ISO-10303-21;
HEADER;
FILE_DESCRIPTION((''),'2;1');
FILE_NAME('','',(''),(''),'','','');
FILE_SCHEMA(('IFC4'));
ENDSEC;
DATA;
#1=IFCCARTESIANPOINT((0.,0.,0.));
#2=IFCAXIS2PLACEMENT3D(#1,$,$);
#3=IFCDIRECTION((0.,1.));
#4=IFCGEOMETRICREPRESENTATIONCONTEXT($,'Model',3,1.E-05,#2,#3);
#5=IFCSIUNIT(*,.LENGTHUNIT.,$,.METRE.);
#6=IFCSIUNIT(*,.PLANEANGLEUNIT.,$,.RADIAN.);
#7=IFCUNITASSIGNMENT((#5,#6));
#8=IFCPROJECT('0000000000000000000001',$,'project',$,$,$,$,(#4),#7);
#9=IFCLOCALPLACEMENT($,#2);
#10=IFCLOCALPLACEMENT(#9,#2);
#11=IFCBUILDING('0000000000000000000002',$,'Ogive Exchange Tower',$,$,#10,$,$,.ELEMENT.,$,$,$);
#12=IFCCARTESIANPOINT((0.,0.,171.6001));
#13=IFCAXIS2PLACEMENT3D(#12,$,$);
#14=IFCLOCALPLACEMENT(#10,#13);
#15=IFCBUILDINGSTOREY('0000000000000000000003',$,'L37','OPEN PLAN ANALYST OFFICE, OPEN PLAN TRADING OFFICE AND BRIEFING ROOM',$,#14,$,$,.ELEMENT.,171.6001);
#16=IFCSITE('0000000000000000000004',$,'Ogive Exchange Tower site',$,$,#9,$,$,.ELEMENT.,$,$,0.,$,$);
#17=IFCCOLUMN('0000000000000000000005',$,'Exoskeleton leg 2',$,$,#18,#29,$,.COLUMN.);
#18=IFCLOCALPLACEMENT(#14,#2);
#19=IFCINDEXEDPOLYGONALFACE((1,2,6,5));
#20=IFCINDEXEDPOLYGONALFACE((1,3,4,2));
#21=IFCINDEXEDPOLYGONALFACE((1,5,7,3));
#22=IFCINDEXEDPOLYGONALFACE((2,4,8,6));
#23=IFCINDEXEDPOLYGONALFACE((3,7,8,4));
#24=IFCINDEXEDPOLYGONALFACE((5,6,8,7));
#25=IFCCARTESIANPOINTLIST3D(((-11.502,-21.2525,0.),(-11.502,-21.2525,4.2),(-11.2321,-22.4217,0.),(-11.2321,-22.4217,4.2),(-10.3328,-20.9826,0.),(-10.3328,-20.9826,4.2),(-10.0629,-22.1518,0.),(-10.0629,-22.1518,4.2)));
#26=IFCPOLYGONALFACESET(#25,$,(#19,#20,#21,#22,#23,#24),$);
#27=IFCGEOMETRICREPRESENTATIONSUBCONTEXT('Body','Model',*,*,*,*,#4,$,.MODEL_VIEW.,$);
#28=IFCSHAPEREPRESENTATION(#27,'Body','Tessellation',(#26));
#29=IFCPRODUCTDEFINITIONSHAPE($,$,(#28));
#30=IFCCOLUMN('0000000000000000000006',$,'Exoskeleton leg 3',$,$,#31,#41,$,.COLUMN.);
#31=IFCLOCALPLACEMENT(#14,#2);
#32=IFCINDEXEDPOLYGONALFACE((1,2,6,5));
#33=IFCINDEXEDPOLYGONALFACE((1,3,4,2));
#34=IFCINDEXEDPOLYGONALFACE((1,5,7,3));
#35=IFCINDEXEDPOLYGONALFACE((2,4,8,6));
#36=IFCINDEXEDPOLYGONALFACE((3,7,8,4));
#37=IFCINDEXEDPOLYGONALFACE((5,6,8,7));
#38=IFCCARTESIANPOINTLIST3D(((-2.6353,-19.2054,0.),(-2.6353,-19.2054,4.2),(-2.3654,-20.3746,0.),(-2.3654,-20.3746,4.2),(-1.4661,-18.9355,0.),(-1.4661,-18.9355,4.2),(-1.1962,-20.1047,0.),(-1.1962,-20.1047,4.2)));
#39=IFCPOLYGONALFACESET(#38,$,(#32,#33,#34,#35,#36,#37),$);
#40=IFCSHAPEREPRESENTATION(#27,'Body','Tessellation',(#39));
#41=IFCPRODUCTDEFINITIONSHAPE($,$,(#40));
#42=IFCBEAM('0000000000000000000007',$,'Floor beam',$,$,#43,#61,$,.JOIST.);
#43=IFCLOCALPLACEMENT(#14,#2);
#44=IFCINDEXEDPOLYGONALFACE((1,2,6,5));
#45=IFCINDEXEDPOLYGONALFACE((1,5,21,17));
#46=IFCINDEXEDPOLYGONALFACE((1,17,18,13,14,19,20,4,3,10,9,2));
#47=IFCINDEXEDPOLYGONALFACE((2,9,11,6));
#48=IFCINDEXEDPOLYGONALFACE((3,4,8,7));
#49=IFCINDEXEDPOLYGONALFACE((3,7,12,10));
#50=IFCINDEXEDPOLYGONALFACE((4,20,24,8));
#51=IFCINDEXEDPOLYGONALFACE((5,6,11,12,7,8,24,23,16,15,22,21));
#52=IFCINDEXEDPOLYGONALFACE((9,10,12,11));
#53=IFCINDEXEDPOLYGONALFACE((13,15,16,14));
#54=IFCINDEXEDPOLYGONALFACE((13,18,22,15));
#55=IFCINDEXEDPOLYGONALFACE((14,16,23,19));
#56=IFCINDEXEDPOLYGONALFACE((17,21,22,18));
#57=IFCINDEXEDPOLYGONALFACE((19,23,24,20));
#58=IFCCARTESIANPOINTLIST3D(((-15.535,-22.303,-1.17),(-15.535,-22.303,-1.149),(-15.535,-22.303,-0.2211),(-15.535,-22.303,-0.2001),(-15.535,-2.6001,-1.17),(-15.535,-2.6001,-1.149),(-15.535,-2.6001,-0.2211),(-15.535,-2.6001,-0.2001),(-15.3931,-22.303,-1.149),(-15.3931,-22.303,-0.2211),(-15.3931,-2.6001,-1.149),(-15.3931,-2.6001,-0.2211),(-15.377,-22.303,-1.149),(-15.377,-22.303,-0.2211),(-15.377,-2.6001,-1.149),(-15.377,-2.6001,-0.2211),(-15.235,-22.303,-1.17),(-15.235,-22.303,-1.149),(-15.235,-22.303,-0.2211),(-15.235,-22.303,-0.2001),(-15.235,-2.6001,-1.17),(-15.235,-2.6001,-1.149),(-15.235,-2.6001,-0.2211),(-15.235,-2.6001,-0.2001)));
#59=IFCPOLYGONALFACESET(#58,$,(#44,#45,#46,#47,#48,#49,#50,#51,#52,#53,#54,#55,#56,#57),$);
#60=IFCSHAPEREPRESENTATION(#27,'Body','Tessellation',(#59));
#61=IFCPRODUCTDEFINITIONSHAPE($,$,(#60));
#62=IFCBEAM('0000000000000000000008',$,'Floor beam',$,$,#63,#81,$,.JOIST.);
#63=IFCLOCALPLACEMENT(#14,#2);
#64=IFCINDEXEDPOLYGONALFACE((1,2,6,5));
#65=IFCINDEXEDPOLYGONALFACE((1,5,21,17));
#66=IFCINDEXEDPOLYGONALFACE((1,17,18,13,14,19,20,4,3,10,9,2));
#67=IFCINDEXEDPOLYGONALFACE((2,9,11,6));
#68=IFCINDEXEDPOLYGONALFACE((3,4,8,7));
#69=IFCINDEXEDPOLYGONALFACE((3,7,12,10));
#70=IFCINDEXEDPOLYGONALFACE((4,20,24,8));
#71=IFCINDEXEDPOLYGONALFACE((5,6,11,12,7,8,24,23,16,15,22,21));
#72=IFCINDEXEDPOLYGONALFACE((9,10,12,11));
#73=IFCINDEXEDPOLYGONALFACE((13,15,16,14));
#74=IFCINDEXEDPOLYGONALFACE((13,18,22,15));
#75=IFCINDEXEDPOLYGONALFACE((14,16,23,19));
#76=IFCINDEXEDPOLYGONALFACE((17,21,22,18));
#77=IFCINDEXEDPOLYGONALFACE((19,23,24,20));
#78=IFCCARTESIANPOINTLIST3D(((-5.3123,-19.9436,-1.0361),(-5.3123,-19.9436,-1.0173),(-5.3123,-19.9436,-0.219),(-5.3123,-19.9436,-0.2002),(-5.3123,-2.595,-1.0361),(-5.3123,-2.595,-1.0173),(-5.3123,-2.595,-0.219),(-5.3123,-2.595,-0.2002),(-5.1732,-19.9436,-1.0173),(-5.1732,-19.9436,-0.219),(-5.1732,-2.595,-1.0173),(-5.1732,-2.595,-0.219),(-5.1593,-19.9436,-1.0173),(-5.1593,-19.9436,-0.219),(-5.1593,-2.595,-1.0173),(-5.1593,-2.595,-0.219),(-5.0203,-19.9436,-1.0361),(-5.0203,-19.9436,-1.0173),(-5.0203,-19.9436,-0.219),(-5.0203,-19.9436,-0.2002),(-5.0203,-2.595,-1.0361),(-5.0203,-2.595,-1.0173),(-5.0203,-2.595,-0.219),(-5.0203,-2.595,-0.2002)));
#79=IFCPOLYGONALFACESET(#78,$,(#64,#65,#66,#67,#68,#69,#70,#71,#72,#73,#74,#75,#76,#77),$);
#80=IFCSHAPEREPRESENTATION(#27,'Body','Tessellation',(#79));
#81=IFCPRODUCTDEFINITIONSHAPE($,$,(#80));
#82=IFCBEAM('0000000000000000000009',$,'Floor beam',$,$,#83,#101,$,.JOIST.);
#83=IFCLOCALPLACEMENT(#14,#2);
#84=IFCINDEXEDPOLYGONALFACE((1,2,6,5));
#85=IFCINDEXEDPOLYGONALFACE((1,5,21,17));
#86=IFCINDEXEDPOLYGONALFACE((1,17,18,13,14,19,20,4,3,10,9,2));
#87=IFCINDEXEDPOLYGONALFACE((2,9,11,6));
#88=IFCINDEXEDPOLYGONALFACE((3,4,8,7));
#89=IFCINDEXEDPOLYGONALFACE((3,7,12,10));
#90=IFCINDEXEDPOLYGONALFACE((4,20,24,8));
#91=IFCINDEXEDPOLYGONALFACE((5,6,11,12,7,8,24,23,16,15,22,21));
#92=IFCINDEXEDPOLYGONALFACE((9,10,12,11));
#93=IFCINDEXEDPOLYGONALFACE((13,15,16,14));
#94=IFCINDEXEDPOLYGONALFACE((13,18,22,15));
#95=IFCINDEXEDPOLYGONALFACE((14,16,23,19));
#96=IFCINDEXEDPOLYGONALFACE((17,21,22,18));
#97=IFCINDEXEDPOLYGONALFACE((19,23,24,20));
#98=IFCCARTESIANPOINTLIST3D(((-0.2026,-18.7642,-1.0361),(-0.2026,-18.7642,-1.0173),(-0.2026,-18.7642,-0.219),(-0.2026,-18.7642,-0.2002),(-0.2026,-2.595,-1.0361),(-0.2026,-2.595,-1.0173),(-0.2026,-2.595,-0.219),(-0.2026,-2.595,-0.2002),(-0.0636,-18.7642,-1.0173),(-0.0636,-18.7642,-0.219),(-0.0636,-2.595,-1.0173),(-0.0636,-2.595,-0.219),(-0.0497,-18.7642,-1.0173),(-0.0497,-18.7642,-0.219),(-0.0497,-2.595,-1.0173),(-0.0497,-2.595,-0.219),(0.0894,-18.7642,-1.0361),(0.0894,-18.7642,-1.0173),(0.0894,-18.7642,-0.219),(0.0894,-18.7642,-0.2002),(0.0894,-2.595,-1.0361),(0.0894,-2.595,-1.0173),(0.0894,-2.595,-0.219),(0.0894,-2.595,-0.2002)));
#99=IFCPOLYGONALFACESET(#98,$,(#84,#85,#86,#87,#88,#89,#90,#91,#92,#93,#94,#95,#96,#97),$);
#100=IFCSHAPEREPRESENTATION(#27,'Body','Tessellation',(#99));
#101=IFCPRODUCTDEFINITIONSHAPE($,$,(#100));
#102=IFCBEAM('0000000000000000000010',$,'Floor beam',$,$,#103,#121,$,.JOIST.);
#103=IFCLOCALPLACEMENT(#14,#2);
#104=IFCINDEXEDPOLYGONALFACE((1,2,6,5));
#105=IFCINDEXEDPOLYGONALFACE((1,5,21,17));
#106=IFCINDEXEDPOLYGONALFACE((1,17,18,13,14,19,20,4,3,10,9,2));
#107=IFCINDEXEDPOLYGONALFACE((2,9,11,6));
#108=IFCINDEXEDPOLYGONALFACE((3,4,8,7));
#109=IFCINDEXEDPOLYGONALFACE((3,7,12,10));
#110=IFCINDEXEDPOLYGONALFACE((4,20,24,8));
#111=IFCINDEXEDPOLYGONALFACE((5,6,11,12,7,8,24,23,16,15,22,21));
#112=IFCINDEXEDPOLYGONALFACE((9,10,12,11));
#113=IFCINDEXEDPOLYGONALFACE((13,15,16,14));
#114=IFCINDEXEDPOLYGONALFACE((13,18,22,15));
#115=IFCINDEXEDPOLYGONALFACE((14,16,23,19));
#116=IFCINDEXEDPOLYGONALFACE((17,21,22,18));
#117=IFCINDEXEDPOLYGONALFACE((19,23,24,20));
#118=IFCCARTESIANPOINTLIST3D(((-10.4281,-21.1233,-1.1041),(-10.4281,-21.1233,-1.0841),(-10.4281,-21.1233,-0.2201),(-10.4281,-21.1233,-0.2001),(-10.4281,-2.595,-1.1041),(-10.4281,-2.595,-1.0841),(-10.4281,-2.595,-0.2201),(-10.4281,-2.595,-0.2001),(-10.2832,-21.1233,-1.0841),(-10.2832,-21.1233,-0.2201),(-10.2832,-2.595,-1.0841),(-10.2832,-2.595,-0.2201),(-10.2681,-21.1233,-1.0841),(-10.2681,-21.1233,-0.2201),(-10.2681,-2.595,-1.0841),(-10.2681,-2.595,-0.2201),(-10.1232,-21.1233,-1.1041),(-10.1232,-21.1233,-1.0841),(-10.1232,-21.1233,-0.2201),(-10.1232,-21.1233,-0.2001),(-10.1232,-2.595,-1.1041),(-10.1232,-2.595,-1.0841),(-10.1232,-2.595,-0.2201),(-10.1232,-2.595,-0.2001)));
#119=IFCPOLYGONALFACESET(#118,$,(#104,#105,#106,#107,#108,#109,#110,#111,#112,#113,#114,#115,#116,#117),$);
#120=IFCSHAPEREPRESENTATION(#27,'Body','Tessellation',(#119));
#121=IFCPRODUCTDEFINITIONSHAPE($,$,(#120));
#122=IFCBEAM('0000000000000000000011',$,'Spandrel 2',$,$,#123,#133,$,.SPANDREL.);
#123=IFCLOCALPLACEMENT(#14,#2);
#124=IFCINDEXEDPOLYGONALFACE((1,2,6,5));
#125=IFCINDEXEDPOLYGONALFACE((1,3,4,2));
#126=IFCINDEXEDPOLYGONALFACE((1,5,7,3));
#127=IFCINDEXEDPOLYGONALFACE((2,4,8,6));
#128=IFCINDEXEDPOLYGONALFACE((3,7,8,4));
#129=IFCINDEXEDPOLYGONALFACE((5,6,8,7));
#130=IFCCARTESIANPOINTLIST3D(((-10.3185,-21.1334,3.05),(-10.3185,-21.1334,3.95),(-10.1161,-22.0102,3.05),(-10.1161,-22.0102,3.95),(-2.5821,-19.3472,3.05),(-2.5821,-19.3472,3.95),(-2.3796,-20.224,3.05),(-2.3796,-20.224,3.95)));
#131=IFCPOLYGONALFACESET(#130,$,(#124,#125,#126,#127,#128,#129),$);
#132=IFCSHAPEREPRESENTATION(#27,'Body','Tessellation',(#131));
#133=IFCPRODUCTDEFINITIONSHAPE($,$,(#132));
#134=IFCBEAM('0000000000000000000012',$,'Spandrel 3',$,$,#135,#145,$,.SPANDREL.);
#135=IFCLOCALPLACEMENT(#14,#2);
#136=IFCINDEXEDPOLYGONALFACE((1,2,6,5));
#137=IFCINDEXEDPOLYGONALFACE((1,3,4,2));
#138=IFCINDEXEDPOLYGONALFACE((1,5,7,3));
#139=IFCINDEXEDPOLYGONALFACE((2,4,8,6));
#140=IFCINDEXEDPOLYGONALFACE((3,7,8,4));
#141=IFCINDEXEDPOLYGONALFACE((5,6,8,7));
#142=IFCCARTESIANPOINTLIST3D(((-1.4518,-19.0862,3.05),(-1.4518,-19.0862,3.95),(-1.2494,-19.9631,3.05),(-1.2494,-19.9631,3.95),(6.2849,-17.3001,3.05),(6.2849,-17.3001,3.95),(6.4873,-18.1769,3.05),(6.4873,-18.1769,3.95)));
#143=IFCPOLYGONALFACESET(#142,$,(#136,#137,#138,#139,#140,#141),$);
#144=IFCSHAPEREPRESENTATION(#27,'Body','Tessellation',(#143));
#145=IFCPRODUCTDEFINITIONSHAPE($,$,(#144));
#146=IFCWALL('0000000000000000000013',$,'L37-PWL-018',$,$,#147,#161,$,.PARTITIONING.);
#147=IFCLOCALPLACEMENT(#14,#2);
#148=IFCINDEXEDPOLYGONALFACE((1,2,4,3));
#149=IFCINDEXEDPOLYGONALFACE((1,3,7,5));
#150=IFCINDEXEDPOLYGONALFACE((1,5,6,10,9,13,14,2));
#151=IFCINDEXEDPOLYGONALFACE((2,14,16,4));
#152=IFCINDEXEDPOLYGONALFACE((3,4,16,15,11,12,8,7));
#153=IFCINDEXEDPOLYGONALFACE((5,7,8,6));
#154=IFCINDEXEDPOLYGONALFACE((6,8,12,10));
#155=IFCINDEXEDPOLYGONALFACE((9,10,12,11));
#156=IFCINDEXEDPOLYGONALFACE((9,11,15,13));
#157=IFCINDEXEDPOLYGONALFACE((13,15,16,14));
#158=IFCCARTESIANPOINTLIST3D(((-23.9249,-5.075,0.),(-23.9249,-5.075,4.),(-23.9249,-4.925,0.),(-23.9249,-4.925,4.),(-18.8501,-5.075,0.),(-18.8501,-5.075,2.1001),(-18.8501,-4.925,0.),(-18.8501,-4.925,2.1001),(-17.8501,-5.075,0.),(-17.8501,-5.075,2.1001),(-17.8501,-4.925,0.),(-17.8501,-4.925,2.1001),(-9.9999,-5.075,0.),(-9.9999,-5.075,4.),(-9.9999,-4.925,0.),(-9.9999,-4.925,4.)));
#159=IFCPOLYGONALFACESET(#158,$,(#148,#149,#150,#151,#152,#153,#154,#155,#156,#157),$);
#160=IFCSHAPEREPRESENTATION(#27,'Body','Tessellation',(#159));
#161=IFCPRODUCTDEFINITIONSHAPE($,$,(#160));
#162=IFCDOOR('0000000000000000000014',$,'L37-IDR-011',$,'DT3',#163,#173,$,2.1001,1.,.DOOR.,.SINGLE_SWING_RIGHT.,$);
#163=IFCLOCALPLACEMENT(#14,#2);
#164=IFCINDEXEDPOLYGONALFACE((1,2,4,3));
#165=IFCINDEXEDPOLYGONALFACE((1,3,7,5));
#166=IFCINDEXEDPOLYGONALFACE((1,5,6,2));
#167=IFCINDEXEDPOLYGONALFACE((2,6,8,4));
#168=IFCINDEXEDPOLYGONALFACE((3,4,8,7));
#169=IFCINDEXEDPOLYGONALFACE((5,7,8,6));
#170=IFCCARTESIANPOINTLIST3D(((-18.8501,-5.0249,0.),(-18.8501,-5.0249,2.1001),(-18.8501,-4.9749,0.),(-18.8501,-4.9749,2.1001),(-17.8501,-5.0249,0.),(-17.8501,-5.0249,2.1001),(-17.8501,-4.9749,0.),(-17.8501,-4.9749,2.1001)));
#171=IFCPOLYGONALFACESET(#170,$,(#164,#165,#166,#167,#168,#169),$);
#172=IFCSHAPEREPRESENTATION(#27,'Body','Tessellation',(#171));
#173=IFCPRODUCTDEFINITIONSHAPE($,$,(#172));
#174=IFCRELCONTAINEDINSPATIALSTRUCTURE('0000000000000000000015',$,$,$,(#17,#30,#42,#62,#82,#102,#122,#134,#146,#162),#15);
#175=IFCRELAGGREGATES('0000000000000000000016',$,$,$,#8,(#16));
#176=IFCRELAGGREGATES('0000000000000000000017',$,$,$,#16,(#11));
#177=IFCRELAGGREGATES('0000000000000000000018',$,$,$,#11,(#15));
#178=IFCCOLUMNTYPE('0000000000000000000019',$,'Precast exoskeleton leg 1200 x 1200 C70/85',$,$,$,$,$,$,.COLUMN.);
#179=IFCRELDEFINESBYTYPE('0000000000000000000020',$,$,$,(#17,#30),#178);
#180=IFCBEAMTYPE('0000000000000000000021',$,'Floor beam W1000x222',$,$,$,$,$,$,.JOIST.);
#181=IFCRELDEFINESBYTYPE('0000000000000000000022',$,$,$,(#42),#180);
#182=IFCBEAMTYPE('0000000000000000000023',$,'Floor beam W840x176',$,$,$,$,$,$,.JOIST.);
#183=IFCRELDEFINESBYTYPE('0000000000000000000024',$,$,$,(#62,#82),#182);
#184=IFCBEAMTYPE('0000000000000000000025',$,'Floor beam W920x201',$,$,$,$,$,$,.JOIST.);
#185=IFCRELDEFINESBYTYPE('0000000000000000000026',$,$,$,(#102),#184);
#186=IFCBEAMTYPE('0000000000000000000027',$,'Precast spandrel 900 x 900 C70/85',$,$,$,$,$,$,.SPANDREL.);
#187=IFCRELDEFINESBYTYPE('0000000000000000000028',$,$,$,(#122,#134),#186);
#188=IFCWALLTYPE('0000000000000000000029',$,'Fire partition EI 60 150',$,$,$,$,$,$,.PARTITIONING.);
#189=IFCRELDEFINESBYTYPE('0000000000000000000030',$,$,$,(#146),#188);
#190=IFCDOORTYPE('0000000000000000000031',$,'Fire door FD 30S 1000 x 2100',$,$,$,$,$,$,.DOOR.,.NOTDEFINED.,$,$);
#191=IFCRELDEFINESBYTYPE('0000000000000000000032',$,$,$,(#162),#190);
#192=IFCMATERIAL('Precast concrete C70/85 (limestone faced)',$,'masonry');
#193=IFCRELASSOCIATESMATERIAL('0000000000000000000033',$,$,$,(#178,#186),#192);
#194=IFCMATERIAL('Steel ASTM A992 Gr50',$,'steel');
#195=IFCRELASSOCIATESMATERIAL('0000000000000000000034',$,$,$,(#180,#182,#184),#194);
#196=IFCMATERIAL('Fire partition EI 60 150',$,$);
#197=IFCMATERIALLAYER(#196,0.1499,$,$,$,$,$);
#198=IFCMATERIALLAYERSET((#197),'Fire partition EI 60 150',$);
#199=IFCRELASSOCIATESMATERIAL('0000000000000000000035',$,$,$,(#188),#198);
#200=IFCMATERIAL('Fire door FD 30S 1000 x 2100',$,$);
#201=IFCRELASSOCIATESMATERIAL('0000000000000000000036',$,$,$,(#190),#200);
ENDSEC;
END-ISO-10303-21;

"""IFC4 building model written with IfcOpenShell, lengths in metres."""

from ifc_helpers import new_model, si_unit, direction, frame, frame_2d, origin, origin_2d, place, context, subcontext, project, spatial, rectangle, i_section, extrude, material, layer, layer_set, material_profile, profile_set, type_object, element, fill, save


model = new_model("IFC4")

# Units and contexts
model_context = context("Model", 3, precision=1e-05, world=origin(), true_north=direction((0.0, 1.0)))
body_context = subcontext(model_context, "Body", "Model", "MODEL_VIEW")
ifc_project = project(units=[si_unit("LENGTHUNIT", "METRE"), si_unit("PLANEANGLEUNIT", "RADIAN")], contexts=[model_context])

# Site, building, storey
site_placement = place(None, origin())
site = spatial("IfcSite", under=ifc_project, at=site_placement, Name="Ogive Exchange Tower site", CompositionType="ELEMENT", RefElevation=0.0)
building_placement = place(site_placement, origin())
building = spatial("IfcBuilding", under=site, at=building_placement, Name="Ogive Exchange Tower", CompositionType="ELEMENT")
storey_placement = place(building_placement, frame((0.0, 0.0, 171.6001)))
storey = spatial("IfcBuildingStorey", under=building, at=storey_placement, Name="L37", Description="OPEN PLAN ANALYST OFFICE, OPEN PLAN TRADING OFFICE AND BRIEFING ROOM", CompositionType="ELEMENT", Elevation=171.6001)

# Columns
ifc_material_1 = material(Name="Precast concrete C70/85 (limestone faced)", Category="masonry")
ifc_material_profile_1 = material_profile(ifc_material_1, rectangle(XDim=1.2, YDim=1.2, at=origin_2d()), Name="1200 x 1200")
ifc_profile_set_1 = profile_set([ifc_material_profile_1], Name="Precast concrete C70/85 (limestone faced)")
column_type = type_object("IfcColumnType", Name="Precast exoskeleton leg 1200 x 1200 C70/85", PredefinedType="COLUMN", material=ifc_profile_set_1)
for number, where, z_axis, x_axis, name in (
    (1, (-10.7825, -21.7021, 0.0), (0.0, 0.0, 1.0), (0.97437, 0.224951, 0.0), "Exoskeleton leg 2"),
    (2, (-1.9158, -19.655, 0.0), (0.0, 0.0, 1.0), (0.97437, 0.224951, 0.0), "Exoskeleton leg 3"),
):
    element("IfcColumn", number, at=place(storey_placement, frame(where, z_axis=z_axis, x_axis=x_axis)), inside=storey, type_object=column_type, Name=name, PredefinedType="COLUMN", context=body_context, shape_type="SweptSolid", body=[
        extrude(rectangle(XDim=1.2, YDim=1.2, at=origin_2d()), origin(), (0.0, 0.0, 1.0), 4.2),
    ])

# Beams
ifc_material_2 = material(Name="Steel ASTM A992 Gr50", Category="steel")
ifc_material_profile_2 = material_profile(ifc_material_2, i_section(OverallWidth=0.3, OverallDepth=0.97, WebThickness=0.0161, FlangeThickness=0.021, at=origin_2d()), Name="W1000x222")
ifc_profile_set_2 = profile_set([ifc_material_profile_2], Name="Steel ASTM A992 Gr50")
beam_type_1 = type_object("IfcBeamType", Name="Floor beam W1000x222", PredefinedType="JOIST", material=ifc_profile_set_2)
beam_1_placement = place(storey_placement, frame((-15.385, -22.303, -0.6851), z_axis=(0.0, 1.0, 0.0), x_axis=(-1.0, 0.0, 0.0)))
element("IfcBeam", 3, at=beam_1_placement, inside=storey, type_object=beam_type_1, Name="Floor beam", PredefinedType="JOIST", context=body_context, shape_type="SweptSolid", body=[
    extrude(i_section(OverallWidth=0.3, OverallDepth=0.97, WebThickness=0.0161, FlangeThickness=0.021, at=origin_2d()), origin(), (0.0, 0.0, 1.0), 19.7029),
])
ifc_material_profile_3 = material_profile(ifc_material_2, i_section(OverallWidth=0.292, OverallDepth=0.8359, WebThickness=0.0139, FlangeThickness=0.0188, at=origin_2d()), Name="W840x176")
ifc_profile_set_3 = profile_set([ifc_material_profile_3], Name="Steel ASTM A992 Gr50")
beam_type_2 = type_object("IfcBeamType", Name="Floor beam W840x176", PredefinedType="JOIST", material=ifc_profile_set_3)
beam_2_placement = place(storey_placement, frame((-5.1663, -19.9436, -0.6182), z_axis=(0.0, 1.0, 0.0), x_axis=(-1.0, 0.0, 0.0)))
element("IfcBeam", 4, at=beam_2_placement, inside=storey, type_object=beam_type_2, Name="Floor beam", PredefinedType="JOIST", context=body_context, shape_type="SweptSolid", body=[
    extrude(i_section(OverallWidth=0.292, OverallDepth=0.8359, WebThickness=0.0139, FlangeThickness=0.0188, at=origin_2d()), origin(), (0.0, 0.0, 1.0), 17.3486),
])
beam_3_placement = place(storey_placement, frame((-0.0566, -18.7642, -0.6182), z_axis=(0.0, 1.0, 0.0), x_axis=(-1.0, 0.0, 0.0)))
element("IfcBeam", 5, at=beam_3_placement, inside=storey, type_object=beam_type_2, Name="Floor beam", PredefinedType="JOIST", context=body_context, shape_type="SweptSolid", body=[
    extrude(i_section(OverallWidth=0.292, OverallDepth=0.8359, WebThickness=0.0139, FlangeThickness=0.0188, at=origin_2d()), origin(), (0.0, 0.0, 1.0), 16.1692),
])
ifc_material_profile_4 = material_profile(ifc_material_2, i_section(OverallWidth=0.3049, OverallDepth=0.9041, WebThickness=0.0151, FlangeThickness=0.02, at=origin_2d()), Name="W920x201")
ifc_profile_set_4 = profile_set([ifc_material_profile_4], Name="Steel ASTM A992 Gr50")
beam_type_3 = type_object("IfcBeamType", Name="Floor beam W920x201", PredefinedType="JOIST", material=ifc_profile_set_4)
beam_4_placement = place(storey_placement, frame((-10.2756, -21.1233, -0.6521), z_axis=(0.0, 1.0, 0.0), x_axis=(-1.0, 0.0, 0.0)))
element("IfcBeam", 6, at=beam_4_placement, inside=storey, type_object=beam_type_3, Name="Floor beam", PredefinedType="JOIST", context=body_context, shape_type="SweptSolid", body=[
    extrude(i_section(OverallWidth=0.3049, OverallDepth=0.9041, WebThickness=0.0151, FlangeThickness=0.02, at=origin_2d()), origin(), (0.0, 0.0, 1.0), 18.5283),
])
ifc_material_profile_5 = material_profile(ifc_material_1, rectangle(XDim=0.8999, YDim=0.8999, at=origin_2d()), Name="900 x 900")
ifc_profile_set_5 = profile_set([ifc_material_profile_5], Name="Precast concrete C70/85 (limestone faced)")
beam_type_4 = type_object("IfcBeamType", Name="Precast spandrel 900 x 900 C70/85", PredefinedType="SPANDREL", material=ifc_profile_set_5)
beam_5_placement = place(storey_placement, frame((-10.2173, -21.5718, 3.5), z_axis=(0.974368, 0.224958, 0.0), x_axis=(-0.224958, 0.974368, 0.0)))
element("IfcBeam", 7, at=beam_5_placement, inside=storey, type_object=beam_type_4, Name="Spandrel 2", PredefinedType="SPANDREL", context=body_context, shape_type="SweptSolid", body=[
    extrude(rectangle(XDim=0.8999, YDim=0.8999, at=origin_2d()), origin(), (0.0, 0.0, 1.0), 7.9399),
])
beam_6_placement = place(storey_placement, frame((-1.3506, -19.5247, 3.5), z_axis=(0.97437, 0.224952, 0.0), x_axis=(-0.224952, 0.97437, 0.0)))
element("IfcBeam", 8, at=beam_6_placement, inside=storey, type_object=beam_type_4, Name="Spandrel 3", PredefinedType="SPANDREL", context=body_context, shape_type="SweptSolid", body=[
    extrude(rectangle(XDim=0.8999, YDim=0.8999, at=origin_2d()), origin(), (0.0, 0.0, 1.0), 7.9402),
])

# Wall, opening, door
ifc_material_3 = material(Name="Fire partition EI 60 150")
ifc_layer_1 = layer(ifc_material_3, 0.1499)
ifc_layer_set_1 = layer_set([ifc_layer_1], Name="Fire partition EI 60 150")
wall_type_1 = type_object("IfcWallType", Name="Fire partition EI 60 150", PredefinedType="PARTITIONING", material=ifc_layer_set_1)
wall_1_placement = place(storey_placement, frame((-10.0, -5.0, 0.0), z_axis=(0.0, 0.0, 1.0), x_axis=(-1.0, 0.0, 0.0)))
wall_1 = element("IfcWall", 9, at=wall_1_placement, inside=storey, type_object=wall_type_1, Name="L37-PWL-018", PredefinedType="PARTITIONING", context=body_context, shape_type="SweptSolid", body=[
    extrude(rectangle(XDim=13.925, YDim=0.1499, at=frame_2d((6.9624, 0.0))), origin(), (0.0, 0.0, 1.0), 4.0),
])
opening_1_placement = place(wall_1_placement, frame((7.8501, 0.0, 0.0)))
opening_1 = element("IfcOpeningElement", 10, at=opening_1_placement, cuts=wall_1, PredefinedType="OPENING", context=body_context, shape_type="SweptSolid", body=[
    extrude(rectangle(XDim=1.0, YDim=2.1001, at=frame_2d((0.5, 1.05))), frame((0.0, 0.085, 0.0), z_axis=(0.0, -1.0, 0.0), x_axis=(1.0, 0.0, 0.0)), (0.0, 0.0, 1.0), 0.1699),
])
ifc_material_4 = material(Name="Fire door FD 30S 1000 x 2100")
door_type_1 = type_object("IfcDoorType", Name="Fire door FD 30S 1000 x 2100", OperationType="NOTDEFINED", PredefinedType="DOOR", material=ifc_material_4)
door_1_placement = place(opening_1_placement, origin())
door_1 = element("IfcDoor", 11, at=door_1_placement, inside=storey, type_object=door_type_1, Name="L37-IDR-011", ObjectType="DT3", OperationType="SINGLE_SWING_RIGHT", OverallHeight=2.1001, OverallWidth=1.0, PredefinedType="DOOR", context=body_context, shape_type="SweptSolid", body=[
    extrude(rectangle(XDim=1.0, YDim=2.1001, at=frame_2d((0.5, 1.05))), frame((0.0, 0.0249, 0.0), z_axis=(0.0, -1.0, 0.0), x_axis=(1.0, 0.0, 0.0)), (0.0, 0.0, 1.0), 0.05),
])
fill(opening_1, door_1)

save(model, "model.ifc")
